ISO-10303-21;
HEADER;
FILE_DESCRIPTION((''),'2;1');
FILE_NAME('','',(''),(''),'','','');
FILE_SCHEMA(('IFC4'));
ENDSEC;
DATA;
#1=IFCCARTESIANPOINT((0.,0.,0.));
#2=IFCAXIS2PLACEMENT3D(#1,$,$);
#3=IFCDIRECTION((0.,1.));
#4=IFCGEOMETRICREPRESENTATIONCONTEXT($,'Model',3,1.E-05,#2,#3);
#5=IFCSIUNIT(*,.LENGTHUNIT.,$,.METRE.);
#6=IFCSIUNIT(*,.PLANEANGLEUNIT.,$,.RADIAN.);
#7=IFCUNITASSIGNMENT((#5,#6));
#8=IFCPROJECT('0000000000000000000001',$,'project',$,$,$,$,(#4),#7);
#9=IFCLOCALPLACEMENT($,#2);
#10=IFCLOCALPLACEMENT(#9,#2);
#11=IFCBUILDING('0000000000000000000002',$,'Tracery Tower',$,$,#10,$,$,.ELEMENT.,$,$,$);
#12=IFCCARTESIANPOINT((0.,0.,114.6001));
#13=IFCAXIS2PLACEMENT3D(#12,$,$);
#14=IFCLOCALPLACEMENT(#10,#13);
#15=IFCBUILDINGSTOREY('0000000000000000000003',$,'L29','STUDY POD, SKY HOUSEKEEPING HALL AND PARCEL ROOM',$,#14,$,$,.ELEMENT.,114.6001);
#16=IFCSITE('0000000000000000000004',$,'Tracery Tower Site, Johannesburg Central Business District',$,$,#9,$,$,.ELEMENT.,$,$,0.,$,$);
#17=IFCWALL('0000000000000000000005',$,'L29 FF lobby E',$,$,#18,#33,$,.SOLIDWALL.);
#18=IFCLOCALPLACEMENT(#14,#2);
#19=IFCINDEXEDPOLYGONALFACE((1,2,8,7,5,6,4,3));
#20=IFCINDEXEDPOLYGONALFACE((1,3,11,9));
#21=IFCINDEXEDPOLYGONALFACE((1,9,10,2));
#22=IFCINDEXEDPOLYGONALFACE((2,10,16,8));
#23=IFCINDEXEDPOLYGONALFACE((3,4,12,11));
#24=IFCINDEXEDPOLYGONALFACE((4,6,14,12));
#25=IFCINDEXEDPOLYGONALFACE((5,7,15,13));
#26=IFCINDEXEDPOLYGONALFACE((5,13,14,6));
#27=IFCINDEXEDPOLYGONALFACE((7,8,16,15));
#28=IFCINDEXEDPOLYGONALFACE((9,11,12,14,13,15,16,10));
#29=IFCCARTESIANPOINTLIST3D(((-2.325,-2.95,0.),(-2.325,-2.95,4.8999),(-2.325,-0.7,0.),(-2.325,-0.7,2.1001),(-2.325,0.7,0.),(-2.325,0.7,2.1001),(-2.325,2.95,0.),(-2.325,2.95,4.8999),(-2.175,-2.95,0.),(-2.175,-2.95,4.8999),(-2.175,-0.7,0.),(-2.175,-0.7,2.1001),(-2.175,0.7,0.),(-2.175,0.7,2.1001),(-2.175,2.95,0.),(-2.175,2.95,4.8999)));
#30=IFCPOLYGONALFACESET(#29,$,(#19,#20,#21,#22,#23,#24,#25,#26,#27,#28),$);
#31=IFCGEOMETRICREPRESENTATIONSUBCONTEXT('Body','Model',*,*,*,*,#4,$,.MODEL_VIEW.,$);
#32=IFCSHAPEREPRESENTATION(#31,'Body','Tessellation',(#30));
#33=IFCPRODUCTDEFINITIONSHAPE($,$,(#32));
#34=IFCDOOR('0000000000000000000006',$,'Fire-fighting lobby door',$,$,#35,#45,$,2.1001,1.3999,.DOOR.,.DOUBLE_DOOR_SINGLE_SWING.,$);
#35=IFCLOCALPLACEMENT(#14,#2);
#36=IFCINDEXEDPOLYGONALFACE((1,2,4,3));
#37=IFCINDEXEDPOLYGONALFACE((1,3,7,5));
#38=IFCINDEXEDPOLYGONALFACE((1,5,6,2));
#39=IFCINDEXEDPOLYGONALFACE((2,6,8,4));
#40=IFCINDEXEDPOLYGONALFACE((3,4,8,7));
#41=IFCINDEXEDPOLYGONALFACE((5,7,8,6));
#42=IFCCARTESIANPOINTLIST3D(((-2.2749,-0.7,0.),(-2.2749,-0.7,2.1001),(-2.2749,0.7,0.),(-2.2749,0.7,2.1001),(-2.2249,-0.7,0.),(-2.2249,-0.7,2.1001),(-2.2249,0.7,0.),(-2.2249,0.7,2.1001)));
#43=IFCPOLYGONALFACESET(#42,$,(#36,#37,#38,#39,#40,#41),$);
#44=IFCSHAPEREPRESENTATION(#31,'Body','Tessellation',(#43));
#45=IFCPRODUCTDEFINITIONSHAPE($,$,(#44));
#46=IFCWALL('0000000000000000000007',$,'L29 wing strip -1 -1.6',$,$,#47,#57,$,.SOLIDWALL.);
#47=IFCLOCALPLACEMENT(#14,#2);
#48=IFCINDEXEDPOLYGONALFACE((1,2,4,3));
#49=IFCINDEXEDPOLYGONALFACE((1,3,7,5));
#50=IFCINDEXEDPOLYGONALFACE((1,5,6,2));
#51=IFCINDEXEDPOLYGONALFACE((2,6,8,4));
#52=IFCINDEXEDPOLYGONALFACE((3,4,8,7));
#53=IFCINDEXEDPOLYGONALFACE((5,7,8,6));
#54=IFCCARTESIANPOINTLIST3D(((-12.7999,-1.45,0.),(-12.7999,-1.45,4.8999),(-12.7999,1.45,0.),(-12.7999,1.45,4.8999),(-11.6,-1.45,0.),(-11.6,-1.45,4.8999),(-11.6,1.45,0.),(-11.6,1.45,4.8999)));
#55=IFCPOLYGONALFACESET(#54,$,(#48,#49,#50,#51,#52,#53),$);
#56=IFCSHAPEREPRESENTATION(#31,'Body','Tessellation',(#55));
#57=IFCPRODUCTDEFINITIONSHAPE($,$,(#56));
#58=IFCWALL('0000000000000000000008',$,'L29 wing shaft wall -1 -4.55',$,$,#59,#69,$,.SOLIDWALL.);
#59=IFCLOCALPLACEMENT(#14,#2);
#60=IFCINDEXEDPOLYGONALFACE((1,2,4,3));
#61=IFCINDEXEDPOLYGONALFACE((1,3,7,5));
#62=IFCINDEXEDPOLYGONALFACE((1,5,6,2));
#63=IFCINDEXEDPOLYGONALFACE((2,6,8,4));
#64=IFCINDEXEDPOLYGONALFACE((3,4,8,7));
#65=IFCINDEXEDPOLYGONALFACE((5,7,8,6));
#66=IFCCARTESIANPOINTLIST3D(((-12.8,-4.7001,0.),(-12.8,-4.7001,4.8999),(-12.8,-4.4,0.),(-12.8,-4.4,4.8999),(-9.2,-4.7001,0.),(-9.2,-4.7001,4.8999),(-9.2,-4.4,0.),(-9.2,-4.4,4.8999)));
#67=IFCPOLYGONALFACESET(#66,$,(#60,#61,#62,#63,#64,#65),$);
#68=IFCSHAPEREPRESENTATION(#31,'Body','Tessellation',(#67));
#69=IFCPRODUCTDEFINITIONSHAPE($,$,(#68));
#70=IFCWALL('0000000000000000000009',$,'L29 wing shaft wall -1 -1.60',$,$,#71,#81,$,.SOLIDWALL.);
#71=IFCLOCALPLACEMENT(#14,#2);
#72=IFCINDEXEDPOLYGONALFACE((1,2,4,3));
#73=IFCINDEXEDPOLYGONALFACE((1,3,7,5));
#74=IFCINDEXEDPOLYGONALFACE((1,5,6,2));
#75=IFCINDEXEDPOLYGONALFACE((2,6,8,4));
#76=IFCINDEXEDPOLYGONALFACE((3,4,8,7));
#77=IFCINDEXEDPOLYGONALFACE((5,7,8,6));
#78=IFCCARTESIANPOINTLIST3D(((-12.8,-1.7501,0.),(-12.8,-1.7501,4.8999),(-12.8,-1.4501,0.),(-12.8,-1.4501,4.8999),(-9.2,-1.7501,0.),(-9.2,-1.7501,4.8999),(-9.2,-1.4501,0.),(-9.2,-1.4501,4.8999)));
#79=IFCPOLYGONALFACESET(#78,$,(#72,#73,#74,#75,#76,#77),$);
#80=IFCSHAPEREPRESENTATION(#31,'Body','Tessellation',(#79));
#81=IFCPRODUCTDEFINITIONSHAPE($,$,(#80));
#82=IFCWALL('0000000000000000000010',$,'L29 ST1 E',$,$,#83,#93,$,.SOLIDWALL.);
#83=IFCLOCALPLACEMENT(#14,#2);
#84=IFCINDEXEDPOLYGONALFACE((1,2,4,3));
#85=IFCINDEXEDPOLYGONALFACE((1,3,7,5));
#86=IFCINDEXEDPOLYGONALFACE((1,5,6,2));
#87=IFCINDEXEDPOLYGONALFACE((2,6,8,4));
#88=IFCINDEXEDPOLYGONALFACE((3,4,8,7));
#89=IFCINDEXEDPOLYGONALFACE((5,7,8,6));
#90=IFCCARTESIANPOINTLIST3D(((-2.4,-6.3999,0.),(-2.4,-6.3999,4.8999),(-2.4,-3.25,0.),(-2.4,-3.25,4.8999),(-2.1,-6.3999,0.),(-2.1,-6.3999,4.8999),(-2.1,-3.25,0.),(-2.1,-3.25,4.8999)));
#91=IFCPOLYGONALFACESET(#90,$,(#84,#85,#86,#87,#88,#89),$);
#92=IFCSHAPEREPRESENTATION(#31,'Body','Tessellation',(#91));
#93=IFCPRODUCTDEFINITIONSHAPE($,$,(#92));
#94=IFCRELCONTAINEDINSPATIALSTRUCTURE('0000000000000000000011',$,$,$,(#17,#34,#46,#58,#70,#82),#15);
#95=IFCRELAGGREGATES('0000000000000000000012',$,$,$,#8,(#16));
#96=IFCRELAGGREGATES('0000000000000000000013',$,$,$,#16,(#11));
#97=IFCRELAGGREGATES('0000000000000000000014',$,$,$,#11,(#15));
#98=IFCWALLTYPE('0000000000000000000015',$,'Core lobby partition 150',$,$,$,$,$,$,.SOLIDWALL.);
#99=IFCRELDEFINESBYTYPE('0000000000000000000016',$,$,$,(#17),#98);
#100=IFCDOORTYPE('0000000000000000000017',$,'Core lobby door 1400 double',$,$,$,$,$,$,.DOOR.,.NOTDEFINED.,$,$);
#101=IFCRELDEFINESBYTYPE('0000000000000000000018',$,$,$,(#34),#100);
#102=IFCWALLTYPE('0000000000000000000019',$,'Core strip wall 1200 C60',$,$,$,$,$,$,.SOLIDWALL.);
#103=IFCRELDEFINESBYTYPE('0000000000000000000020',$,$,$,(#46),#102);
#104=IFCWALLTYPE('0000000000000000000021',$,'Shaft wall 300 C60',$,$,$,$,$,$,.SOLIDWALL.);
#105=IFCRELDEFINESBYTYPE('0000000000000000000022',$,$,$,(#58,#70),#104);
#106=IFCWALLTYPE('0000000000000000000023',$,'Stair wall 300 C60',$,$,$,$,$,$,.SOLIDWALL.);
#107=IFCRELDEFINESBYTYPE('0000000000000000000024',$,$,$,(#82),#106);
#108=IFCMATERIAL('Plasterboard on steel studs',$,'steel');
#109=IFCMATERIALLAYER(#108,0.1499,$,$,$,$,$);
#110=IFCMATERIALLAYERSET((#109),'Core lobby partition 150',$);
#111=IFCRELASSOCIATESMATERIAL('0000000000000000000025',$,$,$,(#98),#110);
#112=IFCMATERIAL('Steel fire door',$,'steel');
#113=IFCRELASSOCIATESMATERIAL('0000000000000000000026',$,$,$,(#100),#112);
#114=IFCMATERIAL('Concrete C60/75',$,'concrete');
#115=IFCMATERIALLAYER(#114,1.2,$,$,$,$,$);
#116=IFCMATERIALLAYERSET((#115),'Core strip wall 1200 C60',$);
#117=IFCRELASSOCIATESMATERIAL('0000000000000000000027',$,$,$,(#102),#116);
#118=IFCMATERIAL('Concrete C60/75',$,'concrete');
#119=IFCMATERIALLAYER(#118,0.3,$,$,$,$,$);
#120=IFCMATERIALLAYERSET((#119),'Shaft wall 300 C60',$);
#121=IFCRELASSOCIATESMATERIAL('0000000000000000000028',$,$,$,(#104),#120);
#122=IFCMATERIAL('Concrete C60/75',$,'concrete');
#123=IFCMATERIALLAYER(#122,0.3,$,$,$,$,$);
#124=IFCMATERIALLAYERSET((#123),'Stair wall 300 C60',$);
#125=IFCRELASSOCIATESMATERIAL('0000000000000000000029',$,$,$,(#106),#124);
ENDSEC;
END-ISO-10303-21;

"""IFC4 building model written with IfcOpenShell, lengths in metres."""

from ifc_helpers import new_model, si_unit, direction, frame, frame_2d, origin, place, context, subcontext, project, spatial, rectangle, extrude, material, layer, layer_set, type_object, element, fill, save


model = new_model("IFC4")

# Units and contexts
model_context = context("Model", 3, precision=1e-05, world=origin(), true_north=direction((0.0, 1.0)))
body_context = subcontext(model_context, "Body", "Model", "MODEL_VIEW")
ifc_project = project(units=[si_unit("LENGTHUNIT", "METRE"), si_unit("PLANEANGLEUNIT", "RADIAN")], contexts=[model_context])

# Site, building, storey
site_placement = place(None, origin())
site = spatial("IfcSite", under=ifc_project, at=site_placement, Name="Tracery Tower Site, Johannesburg Central Business District", CompositionType="ELEMENT", RefElevation=0.0)
building_placement = place(site_placement, origin())
building = spatial("IfcBuilding", under=site, at=building_placement, Name="Tracery Tower", CompositionType="ELEMENT")
storey_placement = place(building_placement, frame((0.0, 0.0, 114.6001)))
storey = spatial("IfcBuildingStorey", under=building, at=storey_placement, Name="L29", Description="STUDY POD, SKY HOUSEKEEPING HALL AND PARCEL ROOM", CompositionType="ELEMENT", Elevation=114.6001)

# Wall, opening, door
ifc_material_1 = material(Name="Plasterboard on steel studs", Category="steel")
ifc_layer_1 = layer(ifc_material_1, 0.1499)
ifc_layer_set_1 = layer_set([ifc_layer_1], Name="Core lobby partition 150")
wall_type_1 = type_object("IfcWallType", Name="Core lobby partition 150", PredefinedType="SOLIDWALL", material=ifc_layer_set_1)
wall_1_placement = place(storey_placement, frame((-2.25, -2.95, 0.0), z_axis=(0.0, 0.0, 1.0), x_axis=(0.0, 1.0, 0.0)))
wall_1 = element("IfcWall", 1, at=wall_1_placement, inside=storey, type_object=wall_type_1, Name="L29 FF lobby E", PredefinedType="SOLIDWALL", context=body_context, shape_type="SweptSolid", body=[
    extrude(rectangle(XDim=5.8999, YDim=0.1499, at=frame_2d((2.95, 0.0))), origin(), (0.0, 0.0, 1.0), 4.8999),
])
opening_1_placement = place(wall_1_placement, frame((2.25, 0.0, 0.0)))
opening_1 = element("IfcOpeningElement", 2, at=opening_1_placement, cuts=wall_1, PredefinedType="OPENING", context=body_context, shape_type="SweptSolid", body=[
    extrude(rectangle(XDim=1.3999, YDim=2.1001, at=frame_2d((0.7, 1.05))), frame((0.0, 0.075, 0.0), z_axis=(0.0, -1.0, 0.0), x_axis=(1.0, 0.0, 0.0)), (0.0, 0.0, 1.0), 0.1499),
])
ifc_material_2 = material(Name="Steel fire door", Category="steel")
door_type_1 = type_object("IfcDoorType", Name="Core lobby door 1400 double", OperationType="NOTDEFINED", PredefinedType="DOOR", material=ifc_material_2)
door_1_placement = place(opening_1_placement, origin())
door_1 = element("IfcDoor", 3, at=door_1_placement, inside=storey, type_object=door_type_1, Name="Fire-fighting lobby door", OperationType="DOUBLE_DOOR_SINGLE_SWING", OverallHeight=2.1001, OverallWidth=1.3999, PredefinedType="DOOR", context=body_context, shape_type="SweptSolid", body=[
    extrude(rectangle(XDim=1.3999, YDim=2.1001, at=frame_2d((0.7, 1.05))), frame((0.0, 0.0249, 0.0), z_axis=(0.0, -1.0, 0.0), x_axis=(1.0, 0.0, 0.0)), (0.0, 0.0, 1.0), 0.05),
])
fill(opening_1, door_1)

# Wall
ifc_material_3 = material(Name="Concrete C60/75", Category="concrete")
ifc_layer_2 = layer(ifc_material_3, 1.2)
ifc_layer_set_2 = layer_set([ifc_layer_2], Name="Core strip wall 1200 C60")
wall_type_2 = type_object("IfcWallType", Name="Core strip wall 1200 C60", PredefinedType="SOLIDWALL", material=ifc_layer_set_2)
wall_2_placement = place(storey_placement, frame((-12.2, -1.45, 0.0), z_axis=(0.0, 0.0, 1.0), x_axis=(0.0, 1.0, 0.0)))
element("IfcWall", 4, at=wall_2_placement, inside=storey, type_object=wall_type_2, Name="L29 wing strip -1 -1.6", PredefinedType="SOLIDWALL", context=body_context, shape_type="SweptSolid", body=[
    extrude(rectangle(XDim=2.8999, YDim=1.2, at=frame_2d((1.45, 0.0))), origin(), (0.0, 0.0, 1.0), 4.8999),
])

# Shared definitions
ifc_material_4 = material(Name="Concrete C60/75", Category="concrete")
ifc_layer_3 = layer(ifc_material_4, 0.3)
ifc_layer_set_3 = layer_set([ifc_layer_3], Name="Shaft wall 300 C60")
wall_type_3 = type_object("IfcWallType", Name="Shaft wall 300 C60", PredefinedType="SOLIDWALL", material=ifc_layer_set_3)

# Walls
for number, where, z_axis, x_axis, name in (
    (5, (-12.8, -4.55, 0.0), (0.0, 0.0, 1.0), (1.0, 0.0, 0.0), "L29 wing shaft wall -1 -4.55"),
    (6, (-12.8, -1.6001, 0.0), (0.0, 0.0, 1.0), (1.0, 0.0, 0.0), "L29 wing shaft wall -1 -1.60"),
):
    element("IfcWall", number, at=place(storey_placement, frame(where, z_axis=z_axis, x_axis=x_axis)), inside=storey, type_object=wall_type_3, Name=name, PredefinedType="SOLIDWALL", context=body_context, shape_type="SweptSolid", body=[
        extrude(rectangle(XDim=3.6001, YDim=0.3, at=frame_2d((1.8, 0.0))), origin(), (0.0, 0.0, 1.0), 4.8999),
    ])

# Shared definitions
ifc_material_5 = material(Name="Concrete C60/75", Category="concrete")
ifc_layer_4 = layer(ifc_material_5, 0.3)
ifc_layer_set_4 = layer_set([ifc_layer_4], Name="Stair wall 300 C60")
wall_type_4 = type_object("IfcWallType", Name="Stair wall 300 C60", PredefinedType="SOLIDWALL", material=ifc_layer_set_4)

# Wall
wall_3_placement = place(storey_placement, frame((-2.25, -6.3999, 0.0), z_axis=(0.0, 0.0, 1.0), x_axis=(0.0, 1.0, 0.0)))
element("IfcWall", 7, at=wall_3_placement, inside=storey, type_object=wall_type_4, Name="L29 ST1 E", PredefinedType="SOLIDWALL", context=body_context, shape_type="SweptSolid", body=[
    extrude(rectangle(XDim=3.1499, YDim=0.3, at=frame_2d((1.575, 0.0))), origin(), (0.0, 0.0, 1.0), 4.8999),
])

save(model, "model.ifc")
